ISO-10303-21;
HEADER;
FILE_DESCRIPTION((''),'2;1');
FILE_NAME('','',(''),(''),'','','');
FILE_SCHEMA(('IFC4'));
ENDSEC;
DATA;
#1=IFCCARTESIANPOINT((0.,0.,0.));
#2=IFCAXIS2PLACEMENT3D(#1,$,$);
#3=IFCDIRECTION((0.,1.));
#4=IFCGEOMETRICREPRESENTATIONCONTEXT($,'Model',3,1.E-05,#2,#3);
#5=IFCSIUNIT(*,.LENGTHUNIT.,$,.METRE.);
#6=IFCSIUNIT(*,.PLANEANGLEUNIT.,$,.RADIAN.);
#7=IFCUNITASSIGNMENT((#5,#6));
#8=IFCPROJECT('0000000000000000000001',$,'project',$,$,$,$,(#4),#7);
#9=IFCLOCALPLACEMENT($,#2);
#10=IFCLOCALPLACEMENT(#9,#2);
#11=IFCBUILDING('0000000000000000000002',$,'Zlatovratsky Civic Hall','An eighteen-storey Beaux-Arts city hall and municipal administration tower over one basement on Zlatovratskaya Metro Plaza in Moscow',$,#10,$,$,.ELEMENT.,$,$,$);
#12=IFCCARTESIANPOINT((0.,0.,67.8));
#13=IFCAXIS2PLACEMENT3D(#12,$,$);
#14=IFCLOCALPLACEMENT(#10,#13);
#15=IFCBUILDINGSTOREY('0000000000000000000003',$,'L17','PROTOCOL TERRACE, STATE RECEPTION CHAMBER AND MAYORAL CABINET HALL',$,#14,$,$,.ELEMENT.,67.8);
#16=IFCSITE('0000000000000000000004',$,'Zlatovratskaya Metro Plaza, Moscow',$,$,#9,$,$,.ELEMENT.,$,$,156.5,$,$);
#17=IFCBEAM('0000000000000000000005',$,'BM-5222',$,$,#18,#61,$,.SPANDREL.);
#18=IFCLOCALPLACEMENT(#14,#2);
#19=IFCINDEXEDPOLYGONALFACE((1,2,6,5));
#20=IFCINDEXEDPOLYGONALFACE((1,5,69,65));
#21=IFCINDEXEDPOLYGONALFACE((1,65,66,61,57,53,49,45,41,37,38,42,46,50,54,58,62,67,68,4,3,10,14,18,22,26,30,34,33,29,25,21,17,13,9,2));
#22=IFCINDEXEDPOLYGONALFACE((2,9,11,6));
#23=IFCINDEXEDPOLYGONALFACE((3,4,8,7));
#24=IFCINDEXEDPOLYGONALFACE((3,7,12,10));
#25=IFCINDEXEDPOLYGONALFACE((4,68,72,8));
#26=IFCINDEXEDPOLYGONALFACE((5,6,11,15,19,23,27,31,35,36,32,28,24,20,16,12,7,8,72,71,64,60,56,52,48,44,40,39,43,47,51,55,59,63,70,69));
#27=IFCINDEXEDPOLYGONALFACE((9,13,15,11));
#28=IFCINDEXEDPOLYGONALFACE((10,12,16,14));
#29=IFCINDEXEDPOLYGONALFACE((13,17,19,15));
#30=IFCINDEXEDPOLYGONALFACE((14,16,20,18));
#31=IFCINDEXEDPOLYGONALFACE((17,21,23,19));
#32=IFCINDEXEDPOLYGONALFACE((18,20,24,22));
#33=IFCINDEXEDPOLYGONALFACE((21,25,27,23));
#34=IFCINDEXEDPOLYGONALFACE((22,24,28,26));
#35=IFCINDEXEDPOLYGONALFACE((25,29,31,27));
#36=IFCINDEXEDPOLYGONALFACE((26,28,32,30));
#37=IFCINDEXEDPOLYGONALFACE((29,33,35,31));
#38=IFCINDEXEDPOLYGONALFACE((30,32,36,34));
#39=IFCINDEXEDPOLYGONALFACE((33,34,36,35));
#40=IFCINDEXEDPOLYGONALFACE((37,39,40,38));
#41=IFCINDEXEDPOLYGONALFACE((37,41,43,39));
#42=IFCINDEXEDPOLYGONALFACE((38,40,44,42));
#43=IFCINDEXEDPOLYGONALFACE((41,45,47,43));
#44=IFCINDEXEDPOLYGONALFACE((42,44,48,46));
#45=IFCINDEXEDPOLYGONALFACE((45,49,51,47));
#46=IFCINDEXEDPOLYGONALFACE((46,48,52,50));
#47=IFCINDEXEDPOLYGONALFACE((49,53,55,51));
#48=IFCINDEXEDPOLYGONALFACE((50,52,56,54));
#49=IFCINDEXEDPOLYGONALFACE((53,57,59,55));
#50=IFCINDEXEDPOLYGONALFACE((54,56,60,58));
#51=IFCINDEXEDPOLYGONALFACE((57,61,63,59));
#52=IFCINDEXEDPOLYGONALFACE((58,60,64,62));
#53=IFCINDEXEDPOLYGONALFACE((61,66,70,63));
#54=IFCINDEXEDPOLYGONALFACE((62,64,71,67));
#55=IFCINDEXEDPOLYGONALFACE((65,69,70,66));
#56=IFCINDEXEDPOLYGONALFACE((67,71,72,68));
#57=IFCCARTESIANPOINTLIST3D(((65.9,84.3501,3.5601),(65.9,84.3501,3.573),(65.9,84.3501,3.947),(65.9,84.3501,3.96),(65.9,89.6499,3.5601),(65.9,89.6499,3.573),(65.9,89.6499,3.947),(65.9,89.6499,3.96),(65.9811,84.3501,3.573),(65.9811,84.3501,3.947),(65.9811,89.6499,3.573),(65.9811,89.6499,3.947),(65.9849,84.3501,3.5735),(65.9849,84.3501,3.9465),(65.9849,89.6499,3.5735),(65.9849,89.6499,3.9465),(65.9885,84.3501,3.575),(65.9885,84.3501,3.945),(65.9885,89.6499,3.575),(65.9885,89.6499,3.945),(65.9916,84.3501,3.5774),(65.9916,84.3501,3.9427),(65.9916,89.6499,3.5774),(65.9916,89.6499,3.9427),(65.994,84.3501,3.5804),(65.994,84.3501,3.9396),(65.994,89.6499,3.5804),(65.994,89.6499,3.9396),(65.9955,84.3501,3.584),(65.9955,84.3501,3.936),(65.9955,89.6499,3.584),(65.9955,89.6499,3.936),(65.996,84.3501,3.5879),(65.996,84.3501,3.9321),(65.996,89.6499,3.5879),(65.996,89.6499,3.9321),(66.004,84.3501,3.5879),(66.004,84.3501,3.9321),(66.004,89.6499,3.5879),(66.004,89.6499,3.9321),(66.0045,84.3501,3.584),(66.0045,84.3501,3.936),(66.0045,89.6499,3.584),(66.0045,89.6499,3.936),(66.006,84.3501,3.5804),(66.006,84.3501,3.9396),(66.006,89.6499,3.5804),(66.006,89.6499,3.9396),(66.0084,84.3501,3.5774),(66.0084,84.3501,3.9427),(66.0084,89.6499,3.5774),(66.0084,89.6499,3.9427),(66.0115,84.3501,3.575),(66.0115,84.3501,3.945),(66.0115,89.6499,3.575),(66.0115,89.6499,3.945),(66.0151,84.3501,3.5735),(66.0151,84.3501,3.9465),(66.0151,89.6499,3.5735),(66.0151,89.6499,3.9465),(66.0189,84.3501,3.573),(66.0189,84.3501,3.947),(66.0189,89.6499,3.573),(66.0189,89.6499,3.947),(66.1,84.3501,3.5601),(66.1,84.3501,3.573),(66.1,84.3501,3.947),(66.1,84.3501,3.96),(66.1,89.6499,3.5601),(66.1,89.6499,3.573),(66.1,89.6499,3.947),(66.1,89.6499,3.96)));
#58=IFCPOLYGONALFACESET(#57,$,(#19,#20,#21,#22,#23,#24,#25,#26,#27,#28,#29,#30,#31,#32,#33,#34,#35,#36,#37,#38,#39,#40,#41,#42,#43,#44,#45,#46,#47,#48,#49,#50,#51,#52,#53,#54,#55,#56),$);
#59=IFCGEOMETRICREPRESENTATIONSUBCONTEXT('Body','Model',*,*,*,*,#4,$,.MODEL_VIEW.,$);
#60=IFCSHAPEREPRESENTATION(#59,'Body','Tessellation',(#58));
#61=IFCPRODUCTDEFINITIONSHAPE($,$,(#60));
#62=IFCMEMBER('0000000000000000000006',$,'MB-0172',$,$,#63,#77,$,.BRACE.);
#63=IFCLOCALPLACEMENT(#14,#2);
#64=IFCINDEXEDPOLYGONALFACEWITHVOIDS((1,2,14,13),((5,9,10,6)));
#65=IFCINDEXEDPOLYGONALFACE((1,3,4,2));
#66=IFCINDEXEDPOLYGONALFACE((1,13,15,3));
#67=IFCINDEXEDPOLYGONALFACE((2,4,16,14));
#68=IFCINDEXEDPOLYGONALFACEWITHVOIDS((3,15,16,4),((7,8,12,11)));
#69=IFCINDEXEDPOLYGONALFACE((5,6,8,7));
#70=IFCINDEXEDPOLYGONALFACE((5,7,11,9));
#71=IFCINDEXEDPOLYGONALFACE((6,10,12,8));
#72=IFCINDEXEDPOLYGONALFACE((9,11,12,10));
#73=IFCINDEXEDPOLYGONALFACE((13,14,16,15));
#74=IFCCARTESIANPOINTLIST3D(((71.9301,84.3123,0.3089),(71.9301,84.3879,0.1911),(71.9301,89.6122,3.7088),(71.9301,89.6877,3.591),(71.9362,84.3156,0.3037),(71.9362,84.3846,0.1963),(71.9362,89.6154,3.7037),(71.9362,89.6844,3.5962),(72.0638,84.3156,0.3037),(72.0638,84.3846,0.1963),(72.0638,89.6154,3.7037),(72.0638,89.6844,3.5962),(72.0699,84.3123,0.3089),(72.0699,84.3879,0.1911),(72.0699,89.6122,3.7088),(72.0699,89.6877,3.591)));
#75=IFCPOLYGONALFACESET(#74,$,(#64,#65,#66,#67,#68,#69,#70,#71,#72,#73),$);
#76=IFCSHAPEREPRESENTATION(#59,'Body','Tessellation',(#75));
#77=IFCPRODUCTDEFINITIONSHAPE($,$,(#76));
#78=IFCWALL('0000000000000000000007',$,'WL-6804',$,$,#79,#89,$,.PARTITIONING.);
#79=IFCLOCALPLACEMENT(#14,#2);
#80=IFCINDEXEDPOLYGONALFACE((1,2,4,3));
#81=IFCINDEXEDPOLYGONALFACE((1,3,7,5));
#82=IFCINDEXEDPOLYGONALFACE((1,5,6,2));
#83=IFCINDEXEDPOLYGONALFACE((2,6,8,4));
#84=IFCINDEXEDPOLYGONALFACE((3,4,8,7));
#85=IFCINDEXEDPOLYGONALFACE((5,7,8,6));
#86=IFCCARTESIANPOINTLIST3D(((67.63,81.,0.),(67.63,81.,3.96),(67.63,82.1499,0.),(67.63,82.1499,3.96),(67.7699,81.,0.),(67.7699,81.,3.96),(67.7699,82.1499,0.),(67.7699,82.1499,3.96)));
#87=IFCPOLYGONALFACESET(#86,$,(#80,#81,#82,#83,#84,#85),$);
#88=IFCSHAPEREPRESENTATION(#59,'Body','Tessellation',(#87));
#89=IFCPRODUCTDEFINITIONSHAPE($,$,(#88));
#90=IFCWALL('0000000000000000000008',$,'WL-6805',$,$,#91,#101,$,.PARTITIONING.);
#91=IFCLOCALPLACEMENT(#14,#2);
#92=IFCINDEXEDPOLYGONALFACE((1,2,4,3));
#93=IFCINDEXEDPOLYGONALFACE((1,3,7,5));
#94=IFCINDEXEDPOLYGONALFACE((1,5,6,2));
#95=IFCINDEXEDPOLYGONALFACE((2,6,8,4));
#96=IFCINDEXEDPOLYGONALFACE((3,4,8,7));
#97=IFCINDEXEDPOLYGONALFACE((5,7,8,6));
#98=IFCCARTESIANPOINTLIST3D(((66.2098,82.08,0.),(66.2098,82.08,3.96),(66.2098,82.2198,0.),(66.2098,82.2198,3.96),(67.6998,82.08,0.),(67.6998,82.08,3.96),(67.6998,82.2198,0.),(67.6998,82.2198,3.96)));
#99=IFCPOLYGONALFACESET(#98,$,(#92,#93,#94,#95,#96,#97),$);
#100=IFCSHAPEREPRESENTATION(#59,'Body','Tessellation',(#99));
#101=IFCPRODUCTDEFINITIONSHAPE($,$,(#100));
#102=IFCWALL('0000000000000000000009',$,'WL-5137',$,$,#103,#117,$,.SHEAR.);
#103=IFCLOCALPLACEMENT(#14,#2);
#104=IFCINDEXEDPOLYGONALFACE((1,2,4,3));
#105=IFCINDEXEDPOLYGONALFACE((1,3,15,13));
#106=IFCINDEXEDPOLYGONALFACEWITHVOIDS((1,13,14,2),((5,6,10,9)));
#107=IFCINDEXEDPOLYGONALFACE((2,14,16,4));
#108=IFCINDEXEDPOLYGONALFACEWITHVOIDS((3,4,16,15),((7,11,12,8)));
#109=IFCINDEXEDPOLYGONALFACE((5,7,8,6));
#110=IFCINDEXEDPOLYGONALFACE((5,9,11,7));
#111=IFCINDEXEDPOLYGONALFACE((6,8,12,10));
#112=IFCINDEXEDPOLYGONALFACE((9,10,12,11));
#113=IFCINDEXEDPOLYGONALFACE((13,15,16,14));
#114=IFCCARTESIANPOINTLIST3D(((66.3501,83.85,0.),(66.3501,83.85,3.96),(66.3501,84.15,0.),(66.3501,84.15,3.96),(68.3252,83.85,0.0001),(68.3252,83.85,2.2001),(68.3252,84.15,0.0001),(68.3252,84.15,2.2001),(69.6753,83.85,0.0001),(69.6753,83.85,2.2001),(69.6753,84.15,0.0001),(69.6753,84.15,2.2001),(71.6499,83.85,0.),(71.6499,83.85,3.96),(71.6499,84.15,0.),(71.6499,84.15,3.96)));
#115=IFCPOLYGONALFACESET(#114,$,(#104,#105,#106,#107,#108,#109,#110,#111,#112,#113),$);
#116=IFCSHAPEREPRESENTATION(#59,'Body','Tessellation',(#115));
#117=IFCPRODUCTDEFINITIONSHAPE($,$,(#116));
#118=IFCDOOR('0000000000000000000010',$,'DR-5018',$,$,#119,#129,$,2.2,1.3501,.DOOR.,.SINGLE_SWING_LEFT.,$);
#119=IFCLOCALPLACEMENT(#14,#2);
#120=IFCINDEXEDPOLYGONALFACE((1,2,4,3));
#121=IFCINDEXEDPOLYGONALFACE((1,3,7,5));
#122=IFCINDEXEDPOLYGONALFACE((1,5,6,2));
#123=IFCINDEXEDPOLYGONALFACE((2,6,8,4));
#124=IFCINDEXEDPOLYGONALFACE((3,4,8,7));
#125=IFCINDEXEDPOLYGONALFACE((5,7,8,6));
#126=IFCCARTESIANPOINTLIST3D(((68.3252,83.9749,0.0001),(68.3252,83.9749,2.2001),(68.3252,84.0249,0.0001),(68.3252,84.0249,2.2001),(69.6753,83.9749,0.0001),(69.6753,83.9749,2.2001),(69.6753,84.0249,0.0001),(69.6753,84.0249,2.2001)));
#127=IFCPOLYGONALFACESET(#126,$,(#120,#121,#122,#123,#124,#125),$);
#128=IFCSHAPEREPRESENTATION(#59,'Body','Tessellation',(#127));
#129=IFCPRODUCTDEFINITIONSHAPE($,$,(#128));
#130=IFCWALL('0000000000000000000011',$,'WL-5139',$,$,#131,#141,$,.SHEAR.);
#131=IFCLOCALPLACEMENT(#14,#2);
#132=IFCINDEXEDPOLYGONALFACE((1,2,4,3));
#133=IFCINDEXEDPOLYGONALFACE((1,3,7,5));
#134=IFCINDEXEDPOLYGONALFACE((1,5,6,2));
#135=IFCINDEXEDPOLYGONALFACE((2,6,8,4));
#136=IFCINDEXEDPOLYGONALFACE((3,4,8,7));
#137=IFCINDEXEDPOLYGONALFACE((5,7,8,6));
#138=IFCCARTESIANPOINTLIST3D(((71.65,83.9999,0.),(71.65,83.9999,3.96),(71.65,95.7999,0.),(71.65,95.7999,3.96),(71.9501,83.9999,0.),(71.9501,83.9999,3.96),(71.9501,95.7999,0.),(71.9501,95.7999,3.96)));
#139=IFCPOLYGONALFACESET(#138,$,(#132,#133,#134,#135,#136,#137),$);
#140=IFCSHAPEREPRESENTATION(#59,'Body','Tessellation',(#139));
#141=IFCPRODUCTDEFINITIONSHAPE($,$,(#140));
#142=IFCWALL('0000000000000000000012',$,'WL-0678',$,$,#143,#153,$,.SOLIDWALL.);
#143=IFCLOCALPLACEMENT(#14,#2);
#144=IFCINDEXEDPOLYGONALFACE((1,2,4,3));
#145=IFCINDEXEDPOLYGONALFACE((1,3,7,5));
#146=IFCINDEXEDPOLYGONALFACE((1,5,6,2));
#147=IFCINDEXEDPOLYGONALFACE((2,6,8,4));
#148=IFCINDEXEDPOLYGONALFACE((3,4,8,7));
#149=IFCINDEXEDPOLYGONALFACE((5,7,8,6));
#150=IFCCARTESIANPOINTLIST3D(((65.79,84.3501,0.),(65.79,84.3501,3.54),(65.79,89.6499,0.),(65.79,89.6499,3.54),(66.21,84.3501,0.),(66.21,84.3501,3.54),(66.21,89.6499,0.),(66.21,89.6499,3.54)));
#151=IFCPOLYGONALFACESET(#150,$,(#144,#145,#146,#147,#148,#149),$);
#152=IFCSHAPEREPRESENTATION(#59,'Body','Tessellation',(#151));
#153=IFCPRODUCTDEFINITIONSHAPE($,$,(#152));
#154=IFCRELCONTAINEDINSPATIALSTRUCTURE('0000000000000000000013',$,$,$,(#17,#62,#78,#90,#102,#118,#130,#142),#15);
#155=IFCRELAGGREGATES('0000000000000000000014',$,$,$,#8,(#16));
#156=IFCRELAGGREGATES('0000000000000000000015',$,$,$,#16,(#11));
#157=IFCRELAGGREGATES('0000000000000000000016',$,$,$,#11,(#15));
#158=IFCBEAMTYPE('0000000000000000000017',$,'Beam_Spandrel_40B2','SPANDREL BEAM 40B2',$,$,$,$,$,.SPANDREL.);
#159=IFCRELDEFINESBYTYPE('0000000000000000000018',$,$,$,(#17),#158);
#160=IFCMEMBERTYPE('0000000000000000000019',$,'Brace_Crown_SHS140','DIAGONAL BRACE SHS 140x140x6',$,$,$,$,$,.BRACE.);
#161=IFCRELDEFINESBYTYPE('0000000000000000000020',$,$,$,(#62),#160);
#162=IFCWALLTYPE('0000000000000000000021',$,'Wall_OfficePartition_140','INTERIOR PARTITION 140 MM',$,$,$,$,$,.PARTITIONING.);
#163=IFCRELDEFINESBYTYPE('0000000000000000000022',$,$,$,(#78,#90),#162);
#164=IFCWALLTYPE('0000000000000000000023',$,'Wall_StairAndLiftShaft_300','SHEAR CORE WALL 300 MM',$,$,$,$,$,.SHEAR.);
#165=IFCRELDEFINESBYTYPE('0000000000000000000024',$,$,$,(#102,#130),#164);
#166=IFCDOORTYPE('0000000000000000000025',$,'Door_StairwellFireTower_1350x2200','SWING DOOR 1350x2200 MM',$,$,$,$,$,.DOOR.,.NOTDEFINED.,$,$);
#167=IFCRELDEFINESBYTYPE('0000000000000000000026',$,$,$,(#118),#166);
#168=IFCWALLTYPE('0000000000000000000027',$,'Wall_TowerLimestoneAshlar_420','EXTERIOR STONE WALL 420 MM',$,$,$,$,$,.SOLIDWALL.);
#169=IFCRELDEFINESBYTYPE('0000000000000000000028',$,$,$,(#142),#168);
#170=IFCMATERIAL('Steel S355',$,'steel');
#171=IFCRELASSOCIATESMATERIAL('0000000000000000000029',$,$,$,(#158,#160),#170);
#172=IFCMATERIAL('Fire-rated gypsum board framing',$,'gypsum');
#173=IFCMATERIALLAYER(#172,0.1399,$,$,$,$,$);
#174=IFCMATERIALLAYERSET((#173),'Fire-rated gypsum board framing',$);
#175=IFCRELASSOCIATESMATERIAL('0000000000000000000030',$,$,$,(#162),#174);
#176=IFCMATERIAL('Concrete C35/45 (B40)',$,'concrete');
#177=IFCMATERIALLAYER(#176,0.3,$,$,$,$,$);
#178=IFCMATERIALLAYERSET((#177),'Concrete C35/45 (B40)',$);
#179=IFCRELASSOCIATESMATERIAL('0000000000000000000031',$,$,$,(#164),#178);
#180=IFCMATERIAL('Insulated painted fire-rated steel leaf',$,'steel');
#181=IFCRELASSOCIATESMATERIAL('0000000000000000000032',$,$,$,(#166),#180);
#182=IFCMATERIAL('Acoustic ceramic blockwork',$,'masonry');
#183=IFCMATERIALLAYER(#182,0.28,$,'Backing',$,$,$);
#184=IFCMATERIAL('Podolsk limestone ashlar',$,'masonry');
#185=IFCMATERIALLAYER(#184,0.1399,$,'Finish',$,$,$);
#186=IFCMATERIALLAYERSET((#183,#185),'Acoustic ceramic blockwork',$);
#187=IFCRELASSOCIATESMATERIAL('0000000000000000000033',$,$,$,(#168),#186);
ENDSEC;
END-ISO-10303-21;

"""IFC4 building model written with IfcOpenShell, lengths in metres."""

from ifc_helpers import new_model, si_unit, direction, frame, frame_2d, origin, origin_2d, place, context, subcontext, project, spatial, rectangle, hollow_rectangle, i_section, extrude, material, layer, layer_set, material_profile, profile_set, type_object, element, fill, save


model = new_model("IFC4")

# Units and contexts
model_context = context("Model", 3, precision=1e-05, world=origin(), true_north=direction((0.0, 1.0)))
body_context = subcontext(model_context, "Body", "Model", "MODEL_VIEW")
ifc_project = project(units=[si_unit("LENGTHUNIT", "METRE"), si_unit("PLANEANGLEUNIT", "RADIAN")], contexts=[model_context])

# Site, building, storey
site_placement = place(None, origin())
site = spatial("IfcSite", under=ifc_project, at=site_placement, Name="Zlatovratskaya Metro Plaza, Moscow", CompositionType="ELEMENT", RefElevation=156.5)
building_placement = place(site_placement, origin())
building = spatial("IfcBuilding", under=site, at=building_placement, Name="Zlatovratsky Civic Hall", Description="An eighteen-storey Beaux-Arts city hall and municipal administration tower over one basement on Zlatovratskaya Metro Plaza in Moscow", CompositionType="ELEMENT")
storey_placement = place(building_placement, frame((0.0, 0.0, 67.8)))
storey = spatial("IfcBuildingStorey", under=building, at=storey_placement, Name="L17", Description="PROTOCOL TERRACE, STATE RECEPTION CHAMBER AND MAYORAL CABINET HALL", CompositionType="ELEMENT", Elevation=67.8)

# Shared definitions
ifc_material_1 = material(Name="Concrete C35/45 (B40)", Category="concrete")

# Beam
ifc_material_2 = material(Name="Steel S355", Category="steel")
ifc_material_profile_1 = material_profile(ifc_material_2, i_section(OverallWidth=0.2, OverallDepth=0.3999, WebThickness=0.0081, FlangeThickness=0.0129, FilletRadius=0.0149, at=origin_2d()), Name="40B2")
ifc_profile_set_1 = profile_set([ifc_material_profile_1], Name="Steel S355")
beam_type_1 = type_object("IfcBeamType", Name="Beam_Spandrel_40B2", Description="SPANDREL BEAM 40B2", PredefinedType="SPANDREL", material=ifc_profile_set_1)
beam_placement = place(storey_placement, frame((66.0, 84.3501, 3.76), z_axis=(0.0, 1.0, 0.0), x_axis=(-1.0, 0.0, 0.0)))
element("IfcBeam", 1, at=beam_placement, inside=storey, type_object=beam_type_1, Name="BM-5222", PredefinedType="SPANDREL", context=body_context, shape_type="SweptSolid", body=[
    extrude(i_section(OverallWidth=0.2, OverallDepth=0.3999, WebThickness=0.0081, FlangeThickness=0.0129, FilletRadius=0.0149, at=origin_2d()), origin(), (0.0, 0.0, 1.0), 5.2998),
])

# Member
ifc_material_profile_2 = material_profile(ifc_material_2, hollow_rectangle(XDim=0.1399, YDim=0.1399, WallThickness=0.0061, at=origin_2d()), Name="SHS 140x140x6")
ifc_profile_set_2 = profile_set([ifc_material_profile_2], Name="Steel S355")
member_type = type_object("IfcMemberType", Name="Brace_Crown_SHS140", Description="DIAGONAL BRACE SHS 140x140x6", PredefinedType="BRACE", material=ifc_profile_set_2)
member_placement = place(storey_placement, frame((72.0, 84.3501, 0.25), z_axis=(0.0, 0.841692, 0.539958), x_axis=(-1.0, 0.0, 0.0)))
element("IfcMember", 2, at=member_placement, inside=storey, type_object=member_type, Name="MB-0172", PredefinedType="BRACE", context=body_context, shape_type="SweptSolid", body=[
    extrude(hollow_rectangle(XDim=0.1399, YDim=0.1399, WallThickness=0.0061, at=origin_2d()), origin(), (0.0, 0.0, 1.0), 6.2966),
])

# Walls
ifc_material_3 = material(Name="Fire-rated gypsum board framing", Category="gypsum")
ifc_layer_1 = layer(ifc_material_3, 0.1399)
ifc_layer_set_1 = layer_set([ifc_layer_1], Name="Fire-rated gypsum board framing")
wall_type_1 = type_object("IfcWallType", Name="Wall_OfficePartition_140", Description="INTERIOR PARTITION 140 MM", PredefinedType="PARTITIONING", material=ifc_layer_set_1)
wall_1_placement = place(storey_placement, frame((67.7, 81.0, 0.0), z_axis=(0.0, 0.0, 1.0), x_axis=(0.0, 1.0, 0.0)))
element("IfcWall", 3, at=wall_1_placement, inside=storey, type_object=wall_type_1, Name="WL-6804", PredefinedType="PARTITIONING", context=body_context, shape_type="SweptSolid", body=[
    extrude(rectangle(XDim=1.1499, YDim=0.1399, at=frame_2d((0.575, 0.0))), origin(), (0.0, 0.0, 1.0), 3.96),
])
wall_2_placement = place(storey_placement, frame((67.7, 82.1499, 0.0), z_axis=(0.0, 0.0, 1.0), x_axis=(-1.0, 0.0, 0.0)))
element("IfcWall", 4, at=wall_2_placement, inside=storey, type_object=wall_type_1, Name="WL-6805", PredefinedType="PARTITIONING", context=body_context, shape_type="SweptSolid", body=[
    extrude(rectangle(XDim=1.49, YDim=0.1399, at=frame_2d((0.7451, 0.0))), origin(), (0.0, 0.0, 1.0), 3.96),
])

# Wall, opening, door
ifc_layer_2 = layer(ifc_material_1, 0.3)
ifc_layer_set_2 = layer_set([ifc_layer_2], Name="Concrete C35/45 (B40)")
wall_type_2 = type_object("IfcWallType", Name="Wall_StairAndLiftShaft_300", Description="SHEAR CORE WALL 300 MM", PredefinedType="SHEAR", material=ifc_layer_set_2)
wall_3_placement = place(storey_placement, frame((66.3501, 84.0, 0.0), z_axis=(0.0, 0.0, 1.0), x_axis=(1.0, 0.0, 0.0)))
wall_3 = element("IfcWall", 5, at=wall_3_placement, inside=storey, type_object=wall_type_2, Name="WL-5137", PredefinedType="SHEAR", context=body_context, shape_type="SweptSolid", body=[
    extrude(rectangle(XDim=5.2998, YDim=0.3, at=frame_2d((2.6499, 0.0))), origin(), (0.0, 0.0, 1.0), 3.96),
])
opening_placement = place(wall_3_placement, frame((1.9751, 0.0, 0.0)))
opening = element("IfcOpeningElement", 6, at=opening_placement, cuts=wall_3, PredefinedType="OPENING", context=body_context, shape_type="SweptSolid", body=[
    extrude(rectangle(XDim=1.3501, YDim=2.2, at=frame_2d((0.675, 1.1001))), frame((0.0, 0.165, 0.0), z_axis=(0.0, -1.0, 0.0), x_axis=(1.0, 0.0, 0.0)), (0.0, 0.0, 1.0), 0.3298),
])
ifc_material_4 = material(Name="Insulated painted fire-rated steel leaf", Category="steel")
door_type = type_object("IfcDoorType", Name="Door_StairwellFireTower_1350x2200", Description="SWING DOOR 1350x2200 MM", OperationType="NOTDEFINED", PredefinedType="DOOR", material=ifc_material_4)
door_placement = place(opening_placement, origin())
door = element("IfcDoor", 7, at=door_placement, inside=storey, type_object=door_type, Name="DR-5018", OperationType="SINGLE_SWING_LEFT", OverallHeight=2.2, OverallWidth=1.3501, PredefinedType="DOOR", context=body_context, shape_type="SweptSolid", body=[
    extrude(rectangle(XDim=1.3501, YDim=2.2, at=frame_2d((0.675, 1.1001))), frame((0.0, 0.0249, 0.0), z_axis=(0.0, -1.0, 0.0), x_axis=(1.0, 0.0, 0.0)), (0.0, 0.0, 1.0), 0.05),
])
fill(opening, door)

# Walls
wall_4_placement = place(storey_placement, frame((71.8, 84.0, 0.0), z_axis=(0.0, 0.0, 1.0), x_axis=(0.0, 1.0, 0.0)))
element("IfcWall", 8, at=wall_4_placement, inside=storey, type_object=wall_type_2, Name="WL-5139", PredefinedType="SHEAR", context=body_context, shape_type="SweptSolid", body=[
    extrude(rectangle(XDim=11.8, YDim=0.3, at=frame_2d((5.8999, 0.0))), origin(), (0.0, 0.0, 1.0), 3.96),
])
ifc_material_5 = material(Name="Acoustic ceramic blockwork", Category="masonry")
ifc_layer_3 = layer(ifc_material_5, 0.28, Name="Backing")
ifc_material_6 = material(Name="Podolsk limestone ashlar", Category="masonry")
ifc_layer_4 = layer(ifc_material_6, 0.1399, Name="Finish")
ifc_layer_set_3 = layer_set([ifc_layer_3, ifc_layer_4], Name="Acoustic ceramic blockwork")
wall_type_3 = type_object("IfcWallType", Name="Wall_TowerLimestoneAshlar_420", Description="EXTERIOR STONE WALL 420 MM", PredefinedType="SOLIDWALL", material=ifc_layer_set_3)
wall_5_placement = place(storey_placement, frame((66.0, 84.3501, 0.0), z_axis=(0.0, 0.0, 1.0), x_axis=(0.0, 1.0, 0.0)))
element("IfcWall", 9, at=wall_5_placement, inside=storey, type_object=wall_type_3, Name="WL-0678", PredefinedType="SOLIDWALL", context=body_context, shape_type="SweptSolid", body=[
    extrude(rectangle(XDim=5.2998, YDim=0.4199, at=frame_2d((2.6499, 0.0))), origin(), (0.0, 0.0, 1.0), 3.54),
])

save(model, "model.ifc")
